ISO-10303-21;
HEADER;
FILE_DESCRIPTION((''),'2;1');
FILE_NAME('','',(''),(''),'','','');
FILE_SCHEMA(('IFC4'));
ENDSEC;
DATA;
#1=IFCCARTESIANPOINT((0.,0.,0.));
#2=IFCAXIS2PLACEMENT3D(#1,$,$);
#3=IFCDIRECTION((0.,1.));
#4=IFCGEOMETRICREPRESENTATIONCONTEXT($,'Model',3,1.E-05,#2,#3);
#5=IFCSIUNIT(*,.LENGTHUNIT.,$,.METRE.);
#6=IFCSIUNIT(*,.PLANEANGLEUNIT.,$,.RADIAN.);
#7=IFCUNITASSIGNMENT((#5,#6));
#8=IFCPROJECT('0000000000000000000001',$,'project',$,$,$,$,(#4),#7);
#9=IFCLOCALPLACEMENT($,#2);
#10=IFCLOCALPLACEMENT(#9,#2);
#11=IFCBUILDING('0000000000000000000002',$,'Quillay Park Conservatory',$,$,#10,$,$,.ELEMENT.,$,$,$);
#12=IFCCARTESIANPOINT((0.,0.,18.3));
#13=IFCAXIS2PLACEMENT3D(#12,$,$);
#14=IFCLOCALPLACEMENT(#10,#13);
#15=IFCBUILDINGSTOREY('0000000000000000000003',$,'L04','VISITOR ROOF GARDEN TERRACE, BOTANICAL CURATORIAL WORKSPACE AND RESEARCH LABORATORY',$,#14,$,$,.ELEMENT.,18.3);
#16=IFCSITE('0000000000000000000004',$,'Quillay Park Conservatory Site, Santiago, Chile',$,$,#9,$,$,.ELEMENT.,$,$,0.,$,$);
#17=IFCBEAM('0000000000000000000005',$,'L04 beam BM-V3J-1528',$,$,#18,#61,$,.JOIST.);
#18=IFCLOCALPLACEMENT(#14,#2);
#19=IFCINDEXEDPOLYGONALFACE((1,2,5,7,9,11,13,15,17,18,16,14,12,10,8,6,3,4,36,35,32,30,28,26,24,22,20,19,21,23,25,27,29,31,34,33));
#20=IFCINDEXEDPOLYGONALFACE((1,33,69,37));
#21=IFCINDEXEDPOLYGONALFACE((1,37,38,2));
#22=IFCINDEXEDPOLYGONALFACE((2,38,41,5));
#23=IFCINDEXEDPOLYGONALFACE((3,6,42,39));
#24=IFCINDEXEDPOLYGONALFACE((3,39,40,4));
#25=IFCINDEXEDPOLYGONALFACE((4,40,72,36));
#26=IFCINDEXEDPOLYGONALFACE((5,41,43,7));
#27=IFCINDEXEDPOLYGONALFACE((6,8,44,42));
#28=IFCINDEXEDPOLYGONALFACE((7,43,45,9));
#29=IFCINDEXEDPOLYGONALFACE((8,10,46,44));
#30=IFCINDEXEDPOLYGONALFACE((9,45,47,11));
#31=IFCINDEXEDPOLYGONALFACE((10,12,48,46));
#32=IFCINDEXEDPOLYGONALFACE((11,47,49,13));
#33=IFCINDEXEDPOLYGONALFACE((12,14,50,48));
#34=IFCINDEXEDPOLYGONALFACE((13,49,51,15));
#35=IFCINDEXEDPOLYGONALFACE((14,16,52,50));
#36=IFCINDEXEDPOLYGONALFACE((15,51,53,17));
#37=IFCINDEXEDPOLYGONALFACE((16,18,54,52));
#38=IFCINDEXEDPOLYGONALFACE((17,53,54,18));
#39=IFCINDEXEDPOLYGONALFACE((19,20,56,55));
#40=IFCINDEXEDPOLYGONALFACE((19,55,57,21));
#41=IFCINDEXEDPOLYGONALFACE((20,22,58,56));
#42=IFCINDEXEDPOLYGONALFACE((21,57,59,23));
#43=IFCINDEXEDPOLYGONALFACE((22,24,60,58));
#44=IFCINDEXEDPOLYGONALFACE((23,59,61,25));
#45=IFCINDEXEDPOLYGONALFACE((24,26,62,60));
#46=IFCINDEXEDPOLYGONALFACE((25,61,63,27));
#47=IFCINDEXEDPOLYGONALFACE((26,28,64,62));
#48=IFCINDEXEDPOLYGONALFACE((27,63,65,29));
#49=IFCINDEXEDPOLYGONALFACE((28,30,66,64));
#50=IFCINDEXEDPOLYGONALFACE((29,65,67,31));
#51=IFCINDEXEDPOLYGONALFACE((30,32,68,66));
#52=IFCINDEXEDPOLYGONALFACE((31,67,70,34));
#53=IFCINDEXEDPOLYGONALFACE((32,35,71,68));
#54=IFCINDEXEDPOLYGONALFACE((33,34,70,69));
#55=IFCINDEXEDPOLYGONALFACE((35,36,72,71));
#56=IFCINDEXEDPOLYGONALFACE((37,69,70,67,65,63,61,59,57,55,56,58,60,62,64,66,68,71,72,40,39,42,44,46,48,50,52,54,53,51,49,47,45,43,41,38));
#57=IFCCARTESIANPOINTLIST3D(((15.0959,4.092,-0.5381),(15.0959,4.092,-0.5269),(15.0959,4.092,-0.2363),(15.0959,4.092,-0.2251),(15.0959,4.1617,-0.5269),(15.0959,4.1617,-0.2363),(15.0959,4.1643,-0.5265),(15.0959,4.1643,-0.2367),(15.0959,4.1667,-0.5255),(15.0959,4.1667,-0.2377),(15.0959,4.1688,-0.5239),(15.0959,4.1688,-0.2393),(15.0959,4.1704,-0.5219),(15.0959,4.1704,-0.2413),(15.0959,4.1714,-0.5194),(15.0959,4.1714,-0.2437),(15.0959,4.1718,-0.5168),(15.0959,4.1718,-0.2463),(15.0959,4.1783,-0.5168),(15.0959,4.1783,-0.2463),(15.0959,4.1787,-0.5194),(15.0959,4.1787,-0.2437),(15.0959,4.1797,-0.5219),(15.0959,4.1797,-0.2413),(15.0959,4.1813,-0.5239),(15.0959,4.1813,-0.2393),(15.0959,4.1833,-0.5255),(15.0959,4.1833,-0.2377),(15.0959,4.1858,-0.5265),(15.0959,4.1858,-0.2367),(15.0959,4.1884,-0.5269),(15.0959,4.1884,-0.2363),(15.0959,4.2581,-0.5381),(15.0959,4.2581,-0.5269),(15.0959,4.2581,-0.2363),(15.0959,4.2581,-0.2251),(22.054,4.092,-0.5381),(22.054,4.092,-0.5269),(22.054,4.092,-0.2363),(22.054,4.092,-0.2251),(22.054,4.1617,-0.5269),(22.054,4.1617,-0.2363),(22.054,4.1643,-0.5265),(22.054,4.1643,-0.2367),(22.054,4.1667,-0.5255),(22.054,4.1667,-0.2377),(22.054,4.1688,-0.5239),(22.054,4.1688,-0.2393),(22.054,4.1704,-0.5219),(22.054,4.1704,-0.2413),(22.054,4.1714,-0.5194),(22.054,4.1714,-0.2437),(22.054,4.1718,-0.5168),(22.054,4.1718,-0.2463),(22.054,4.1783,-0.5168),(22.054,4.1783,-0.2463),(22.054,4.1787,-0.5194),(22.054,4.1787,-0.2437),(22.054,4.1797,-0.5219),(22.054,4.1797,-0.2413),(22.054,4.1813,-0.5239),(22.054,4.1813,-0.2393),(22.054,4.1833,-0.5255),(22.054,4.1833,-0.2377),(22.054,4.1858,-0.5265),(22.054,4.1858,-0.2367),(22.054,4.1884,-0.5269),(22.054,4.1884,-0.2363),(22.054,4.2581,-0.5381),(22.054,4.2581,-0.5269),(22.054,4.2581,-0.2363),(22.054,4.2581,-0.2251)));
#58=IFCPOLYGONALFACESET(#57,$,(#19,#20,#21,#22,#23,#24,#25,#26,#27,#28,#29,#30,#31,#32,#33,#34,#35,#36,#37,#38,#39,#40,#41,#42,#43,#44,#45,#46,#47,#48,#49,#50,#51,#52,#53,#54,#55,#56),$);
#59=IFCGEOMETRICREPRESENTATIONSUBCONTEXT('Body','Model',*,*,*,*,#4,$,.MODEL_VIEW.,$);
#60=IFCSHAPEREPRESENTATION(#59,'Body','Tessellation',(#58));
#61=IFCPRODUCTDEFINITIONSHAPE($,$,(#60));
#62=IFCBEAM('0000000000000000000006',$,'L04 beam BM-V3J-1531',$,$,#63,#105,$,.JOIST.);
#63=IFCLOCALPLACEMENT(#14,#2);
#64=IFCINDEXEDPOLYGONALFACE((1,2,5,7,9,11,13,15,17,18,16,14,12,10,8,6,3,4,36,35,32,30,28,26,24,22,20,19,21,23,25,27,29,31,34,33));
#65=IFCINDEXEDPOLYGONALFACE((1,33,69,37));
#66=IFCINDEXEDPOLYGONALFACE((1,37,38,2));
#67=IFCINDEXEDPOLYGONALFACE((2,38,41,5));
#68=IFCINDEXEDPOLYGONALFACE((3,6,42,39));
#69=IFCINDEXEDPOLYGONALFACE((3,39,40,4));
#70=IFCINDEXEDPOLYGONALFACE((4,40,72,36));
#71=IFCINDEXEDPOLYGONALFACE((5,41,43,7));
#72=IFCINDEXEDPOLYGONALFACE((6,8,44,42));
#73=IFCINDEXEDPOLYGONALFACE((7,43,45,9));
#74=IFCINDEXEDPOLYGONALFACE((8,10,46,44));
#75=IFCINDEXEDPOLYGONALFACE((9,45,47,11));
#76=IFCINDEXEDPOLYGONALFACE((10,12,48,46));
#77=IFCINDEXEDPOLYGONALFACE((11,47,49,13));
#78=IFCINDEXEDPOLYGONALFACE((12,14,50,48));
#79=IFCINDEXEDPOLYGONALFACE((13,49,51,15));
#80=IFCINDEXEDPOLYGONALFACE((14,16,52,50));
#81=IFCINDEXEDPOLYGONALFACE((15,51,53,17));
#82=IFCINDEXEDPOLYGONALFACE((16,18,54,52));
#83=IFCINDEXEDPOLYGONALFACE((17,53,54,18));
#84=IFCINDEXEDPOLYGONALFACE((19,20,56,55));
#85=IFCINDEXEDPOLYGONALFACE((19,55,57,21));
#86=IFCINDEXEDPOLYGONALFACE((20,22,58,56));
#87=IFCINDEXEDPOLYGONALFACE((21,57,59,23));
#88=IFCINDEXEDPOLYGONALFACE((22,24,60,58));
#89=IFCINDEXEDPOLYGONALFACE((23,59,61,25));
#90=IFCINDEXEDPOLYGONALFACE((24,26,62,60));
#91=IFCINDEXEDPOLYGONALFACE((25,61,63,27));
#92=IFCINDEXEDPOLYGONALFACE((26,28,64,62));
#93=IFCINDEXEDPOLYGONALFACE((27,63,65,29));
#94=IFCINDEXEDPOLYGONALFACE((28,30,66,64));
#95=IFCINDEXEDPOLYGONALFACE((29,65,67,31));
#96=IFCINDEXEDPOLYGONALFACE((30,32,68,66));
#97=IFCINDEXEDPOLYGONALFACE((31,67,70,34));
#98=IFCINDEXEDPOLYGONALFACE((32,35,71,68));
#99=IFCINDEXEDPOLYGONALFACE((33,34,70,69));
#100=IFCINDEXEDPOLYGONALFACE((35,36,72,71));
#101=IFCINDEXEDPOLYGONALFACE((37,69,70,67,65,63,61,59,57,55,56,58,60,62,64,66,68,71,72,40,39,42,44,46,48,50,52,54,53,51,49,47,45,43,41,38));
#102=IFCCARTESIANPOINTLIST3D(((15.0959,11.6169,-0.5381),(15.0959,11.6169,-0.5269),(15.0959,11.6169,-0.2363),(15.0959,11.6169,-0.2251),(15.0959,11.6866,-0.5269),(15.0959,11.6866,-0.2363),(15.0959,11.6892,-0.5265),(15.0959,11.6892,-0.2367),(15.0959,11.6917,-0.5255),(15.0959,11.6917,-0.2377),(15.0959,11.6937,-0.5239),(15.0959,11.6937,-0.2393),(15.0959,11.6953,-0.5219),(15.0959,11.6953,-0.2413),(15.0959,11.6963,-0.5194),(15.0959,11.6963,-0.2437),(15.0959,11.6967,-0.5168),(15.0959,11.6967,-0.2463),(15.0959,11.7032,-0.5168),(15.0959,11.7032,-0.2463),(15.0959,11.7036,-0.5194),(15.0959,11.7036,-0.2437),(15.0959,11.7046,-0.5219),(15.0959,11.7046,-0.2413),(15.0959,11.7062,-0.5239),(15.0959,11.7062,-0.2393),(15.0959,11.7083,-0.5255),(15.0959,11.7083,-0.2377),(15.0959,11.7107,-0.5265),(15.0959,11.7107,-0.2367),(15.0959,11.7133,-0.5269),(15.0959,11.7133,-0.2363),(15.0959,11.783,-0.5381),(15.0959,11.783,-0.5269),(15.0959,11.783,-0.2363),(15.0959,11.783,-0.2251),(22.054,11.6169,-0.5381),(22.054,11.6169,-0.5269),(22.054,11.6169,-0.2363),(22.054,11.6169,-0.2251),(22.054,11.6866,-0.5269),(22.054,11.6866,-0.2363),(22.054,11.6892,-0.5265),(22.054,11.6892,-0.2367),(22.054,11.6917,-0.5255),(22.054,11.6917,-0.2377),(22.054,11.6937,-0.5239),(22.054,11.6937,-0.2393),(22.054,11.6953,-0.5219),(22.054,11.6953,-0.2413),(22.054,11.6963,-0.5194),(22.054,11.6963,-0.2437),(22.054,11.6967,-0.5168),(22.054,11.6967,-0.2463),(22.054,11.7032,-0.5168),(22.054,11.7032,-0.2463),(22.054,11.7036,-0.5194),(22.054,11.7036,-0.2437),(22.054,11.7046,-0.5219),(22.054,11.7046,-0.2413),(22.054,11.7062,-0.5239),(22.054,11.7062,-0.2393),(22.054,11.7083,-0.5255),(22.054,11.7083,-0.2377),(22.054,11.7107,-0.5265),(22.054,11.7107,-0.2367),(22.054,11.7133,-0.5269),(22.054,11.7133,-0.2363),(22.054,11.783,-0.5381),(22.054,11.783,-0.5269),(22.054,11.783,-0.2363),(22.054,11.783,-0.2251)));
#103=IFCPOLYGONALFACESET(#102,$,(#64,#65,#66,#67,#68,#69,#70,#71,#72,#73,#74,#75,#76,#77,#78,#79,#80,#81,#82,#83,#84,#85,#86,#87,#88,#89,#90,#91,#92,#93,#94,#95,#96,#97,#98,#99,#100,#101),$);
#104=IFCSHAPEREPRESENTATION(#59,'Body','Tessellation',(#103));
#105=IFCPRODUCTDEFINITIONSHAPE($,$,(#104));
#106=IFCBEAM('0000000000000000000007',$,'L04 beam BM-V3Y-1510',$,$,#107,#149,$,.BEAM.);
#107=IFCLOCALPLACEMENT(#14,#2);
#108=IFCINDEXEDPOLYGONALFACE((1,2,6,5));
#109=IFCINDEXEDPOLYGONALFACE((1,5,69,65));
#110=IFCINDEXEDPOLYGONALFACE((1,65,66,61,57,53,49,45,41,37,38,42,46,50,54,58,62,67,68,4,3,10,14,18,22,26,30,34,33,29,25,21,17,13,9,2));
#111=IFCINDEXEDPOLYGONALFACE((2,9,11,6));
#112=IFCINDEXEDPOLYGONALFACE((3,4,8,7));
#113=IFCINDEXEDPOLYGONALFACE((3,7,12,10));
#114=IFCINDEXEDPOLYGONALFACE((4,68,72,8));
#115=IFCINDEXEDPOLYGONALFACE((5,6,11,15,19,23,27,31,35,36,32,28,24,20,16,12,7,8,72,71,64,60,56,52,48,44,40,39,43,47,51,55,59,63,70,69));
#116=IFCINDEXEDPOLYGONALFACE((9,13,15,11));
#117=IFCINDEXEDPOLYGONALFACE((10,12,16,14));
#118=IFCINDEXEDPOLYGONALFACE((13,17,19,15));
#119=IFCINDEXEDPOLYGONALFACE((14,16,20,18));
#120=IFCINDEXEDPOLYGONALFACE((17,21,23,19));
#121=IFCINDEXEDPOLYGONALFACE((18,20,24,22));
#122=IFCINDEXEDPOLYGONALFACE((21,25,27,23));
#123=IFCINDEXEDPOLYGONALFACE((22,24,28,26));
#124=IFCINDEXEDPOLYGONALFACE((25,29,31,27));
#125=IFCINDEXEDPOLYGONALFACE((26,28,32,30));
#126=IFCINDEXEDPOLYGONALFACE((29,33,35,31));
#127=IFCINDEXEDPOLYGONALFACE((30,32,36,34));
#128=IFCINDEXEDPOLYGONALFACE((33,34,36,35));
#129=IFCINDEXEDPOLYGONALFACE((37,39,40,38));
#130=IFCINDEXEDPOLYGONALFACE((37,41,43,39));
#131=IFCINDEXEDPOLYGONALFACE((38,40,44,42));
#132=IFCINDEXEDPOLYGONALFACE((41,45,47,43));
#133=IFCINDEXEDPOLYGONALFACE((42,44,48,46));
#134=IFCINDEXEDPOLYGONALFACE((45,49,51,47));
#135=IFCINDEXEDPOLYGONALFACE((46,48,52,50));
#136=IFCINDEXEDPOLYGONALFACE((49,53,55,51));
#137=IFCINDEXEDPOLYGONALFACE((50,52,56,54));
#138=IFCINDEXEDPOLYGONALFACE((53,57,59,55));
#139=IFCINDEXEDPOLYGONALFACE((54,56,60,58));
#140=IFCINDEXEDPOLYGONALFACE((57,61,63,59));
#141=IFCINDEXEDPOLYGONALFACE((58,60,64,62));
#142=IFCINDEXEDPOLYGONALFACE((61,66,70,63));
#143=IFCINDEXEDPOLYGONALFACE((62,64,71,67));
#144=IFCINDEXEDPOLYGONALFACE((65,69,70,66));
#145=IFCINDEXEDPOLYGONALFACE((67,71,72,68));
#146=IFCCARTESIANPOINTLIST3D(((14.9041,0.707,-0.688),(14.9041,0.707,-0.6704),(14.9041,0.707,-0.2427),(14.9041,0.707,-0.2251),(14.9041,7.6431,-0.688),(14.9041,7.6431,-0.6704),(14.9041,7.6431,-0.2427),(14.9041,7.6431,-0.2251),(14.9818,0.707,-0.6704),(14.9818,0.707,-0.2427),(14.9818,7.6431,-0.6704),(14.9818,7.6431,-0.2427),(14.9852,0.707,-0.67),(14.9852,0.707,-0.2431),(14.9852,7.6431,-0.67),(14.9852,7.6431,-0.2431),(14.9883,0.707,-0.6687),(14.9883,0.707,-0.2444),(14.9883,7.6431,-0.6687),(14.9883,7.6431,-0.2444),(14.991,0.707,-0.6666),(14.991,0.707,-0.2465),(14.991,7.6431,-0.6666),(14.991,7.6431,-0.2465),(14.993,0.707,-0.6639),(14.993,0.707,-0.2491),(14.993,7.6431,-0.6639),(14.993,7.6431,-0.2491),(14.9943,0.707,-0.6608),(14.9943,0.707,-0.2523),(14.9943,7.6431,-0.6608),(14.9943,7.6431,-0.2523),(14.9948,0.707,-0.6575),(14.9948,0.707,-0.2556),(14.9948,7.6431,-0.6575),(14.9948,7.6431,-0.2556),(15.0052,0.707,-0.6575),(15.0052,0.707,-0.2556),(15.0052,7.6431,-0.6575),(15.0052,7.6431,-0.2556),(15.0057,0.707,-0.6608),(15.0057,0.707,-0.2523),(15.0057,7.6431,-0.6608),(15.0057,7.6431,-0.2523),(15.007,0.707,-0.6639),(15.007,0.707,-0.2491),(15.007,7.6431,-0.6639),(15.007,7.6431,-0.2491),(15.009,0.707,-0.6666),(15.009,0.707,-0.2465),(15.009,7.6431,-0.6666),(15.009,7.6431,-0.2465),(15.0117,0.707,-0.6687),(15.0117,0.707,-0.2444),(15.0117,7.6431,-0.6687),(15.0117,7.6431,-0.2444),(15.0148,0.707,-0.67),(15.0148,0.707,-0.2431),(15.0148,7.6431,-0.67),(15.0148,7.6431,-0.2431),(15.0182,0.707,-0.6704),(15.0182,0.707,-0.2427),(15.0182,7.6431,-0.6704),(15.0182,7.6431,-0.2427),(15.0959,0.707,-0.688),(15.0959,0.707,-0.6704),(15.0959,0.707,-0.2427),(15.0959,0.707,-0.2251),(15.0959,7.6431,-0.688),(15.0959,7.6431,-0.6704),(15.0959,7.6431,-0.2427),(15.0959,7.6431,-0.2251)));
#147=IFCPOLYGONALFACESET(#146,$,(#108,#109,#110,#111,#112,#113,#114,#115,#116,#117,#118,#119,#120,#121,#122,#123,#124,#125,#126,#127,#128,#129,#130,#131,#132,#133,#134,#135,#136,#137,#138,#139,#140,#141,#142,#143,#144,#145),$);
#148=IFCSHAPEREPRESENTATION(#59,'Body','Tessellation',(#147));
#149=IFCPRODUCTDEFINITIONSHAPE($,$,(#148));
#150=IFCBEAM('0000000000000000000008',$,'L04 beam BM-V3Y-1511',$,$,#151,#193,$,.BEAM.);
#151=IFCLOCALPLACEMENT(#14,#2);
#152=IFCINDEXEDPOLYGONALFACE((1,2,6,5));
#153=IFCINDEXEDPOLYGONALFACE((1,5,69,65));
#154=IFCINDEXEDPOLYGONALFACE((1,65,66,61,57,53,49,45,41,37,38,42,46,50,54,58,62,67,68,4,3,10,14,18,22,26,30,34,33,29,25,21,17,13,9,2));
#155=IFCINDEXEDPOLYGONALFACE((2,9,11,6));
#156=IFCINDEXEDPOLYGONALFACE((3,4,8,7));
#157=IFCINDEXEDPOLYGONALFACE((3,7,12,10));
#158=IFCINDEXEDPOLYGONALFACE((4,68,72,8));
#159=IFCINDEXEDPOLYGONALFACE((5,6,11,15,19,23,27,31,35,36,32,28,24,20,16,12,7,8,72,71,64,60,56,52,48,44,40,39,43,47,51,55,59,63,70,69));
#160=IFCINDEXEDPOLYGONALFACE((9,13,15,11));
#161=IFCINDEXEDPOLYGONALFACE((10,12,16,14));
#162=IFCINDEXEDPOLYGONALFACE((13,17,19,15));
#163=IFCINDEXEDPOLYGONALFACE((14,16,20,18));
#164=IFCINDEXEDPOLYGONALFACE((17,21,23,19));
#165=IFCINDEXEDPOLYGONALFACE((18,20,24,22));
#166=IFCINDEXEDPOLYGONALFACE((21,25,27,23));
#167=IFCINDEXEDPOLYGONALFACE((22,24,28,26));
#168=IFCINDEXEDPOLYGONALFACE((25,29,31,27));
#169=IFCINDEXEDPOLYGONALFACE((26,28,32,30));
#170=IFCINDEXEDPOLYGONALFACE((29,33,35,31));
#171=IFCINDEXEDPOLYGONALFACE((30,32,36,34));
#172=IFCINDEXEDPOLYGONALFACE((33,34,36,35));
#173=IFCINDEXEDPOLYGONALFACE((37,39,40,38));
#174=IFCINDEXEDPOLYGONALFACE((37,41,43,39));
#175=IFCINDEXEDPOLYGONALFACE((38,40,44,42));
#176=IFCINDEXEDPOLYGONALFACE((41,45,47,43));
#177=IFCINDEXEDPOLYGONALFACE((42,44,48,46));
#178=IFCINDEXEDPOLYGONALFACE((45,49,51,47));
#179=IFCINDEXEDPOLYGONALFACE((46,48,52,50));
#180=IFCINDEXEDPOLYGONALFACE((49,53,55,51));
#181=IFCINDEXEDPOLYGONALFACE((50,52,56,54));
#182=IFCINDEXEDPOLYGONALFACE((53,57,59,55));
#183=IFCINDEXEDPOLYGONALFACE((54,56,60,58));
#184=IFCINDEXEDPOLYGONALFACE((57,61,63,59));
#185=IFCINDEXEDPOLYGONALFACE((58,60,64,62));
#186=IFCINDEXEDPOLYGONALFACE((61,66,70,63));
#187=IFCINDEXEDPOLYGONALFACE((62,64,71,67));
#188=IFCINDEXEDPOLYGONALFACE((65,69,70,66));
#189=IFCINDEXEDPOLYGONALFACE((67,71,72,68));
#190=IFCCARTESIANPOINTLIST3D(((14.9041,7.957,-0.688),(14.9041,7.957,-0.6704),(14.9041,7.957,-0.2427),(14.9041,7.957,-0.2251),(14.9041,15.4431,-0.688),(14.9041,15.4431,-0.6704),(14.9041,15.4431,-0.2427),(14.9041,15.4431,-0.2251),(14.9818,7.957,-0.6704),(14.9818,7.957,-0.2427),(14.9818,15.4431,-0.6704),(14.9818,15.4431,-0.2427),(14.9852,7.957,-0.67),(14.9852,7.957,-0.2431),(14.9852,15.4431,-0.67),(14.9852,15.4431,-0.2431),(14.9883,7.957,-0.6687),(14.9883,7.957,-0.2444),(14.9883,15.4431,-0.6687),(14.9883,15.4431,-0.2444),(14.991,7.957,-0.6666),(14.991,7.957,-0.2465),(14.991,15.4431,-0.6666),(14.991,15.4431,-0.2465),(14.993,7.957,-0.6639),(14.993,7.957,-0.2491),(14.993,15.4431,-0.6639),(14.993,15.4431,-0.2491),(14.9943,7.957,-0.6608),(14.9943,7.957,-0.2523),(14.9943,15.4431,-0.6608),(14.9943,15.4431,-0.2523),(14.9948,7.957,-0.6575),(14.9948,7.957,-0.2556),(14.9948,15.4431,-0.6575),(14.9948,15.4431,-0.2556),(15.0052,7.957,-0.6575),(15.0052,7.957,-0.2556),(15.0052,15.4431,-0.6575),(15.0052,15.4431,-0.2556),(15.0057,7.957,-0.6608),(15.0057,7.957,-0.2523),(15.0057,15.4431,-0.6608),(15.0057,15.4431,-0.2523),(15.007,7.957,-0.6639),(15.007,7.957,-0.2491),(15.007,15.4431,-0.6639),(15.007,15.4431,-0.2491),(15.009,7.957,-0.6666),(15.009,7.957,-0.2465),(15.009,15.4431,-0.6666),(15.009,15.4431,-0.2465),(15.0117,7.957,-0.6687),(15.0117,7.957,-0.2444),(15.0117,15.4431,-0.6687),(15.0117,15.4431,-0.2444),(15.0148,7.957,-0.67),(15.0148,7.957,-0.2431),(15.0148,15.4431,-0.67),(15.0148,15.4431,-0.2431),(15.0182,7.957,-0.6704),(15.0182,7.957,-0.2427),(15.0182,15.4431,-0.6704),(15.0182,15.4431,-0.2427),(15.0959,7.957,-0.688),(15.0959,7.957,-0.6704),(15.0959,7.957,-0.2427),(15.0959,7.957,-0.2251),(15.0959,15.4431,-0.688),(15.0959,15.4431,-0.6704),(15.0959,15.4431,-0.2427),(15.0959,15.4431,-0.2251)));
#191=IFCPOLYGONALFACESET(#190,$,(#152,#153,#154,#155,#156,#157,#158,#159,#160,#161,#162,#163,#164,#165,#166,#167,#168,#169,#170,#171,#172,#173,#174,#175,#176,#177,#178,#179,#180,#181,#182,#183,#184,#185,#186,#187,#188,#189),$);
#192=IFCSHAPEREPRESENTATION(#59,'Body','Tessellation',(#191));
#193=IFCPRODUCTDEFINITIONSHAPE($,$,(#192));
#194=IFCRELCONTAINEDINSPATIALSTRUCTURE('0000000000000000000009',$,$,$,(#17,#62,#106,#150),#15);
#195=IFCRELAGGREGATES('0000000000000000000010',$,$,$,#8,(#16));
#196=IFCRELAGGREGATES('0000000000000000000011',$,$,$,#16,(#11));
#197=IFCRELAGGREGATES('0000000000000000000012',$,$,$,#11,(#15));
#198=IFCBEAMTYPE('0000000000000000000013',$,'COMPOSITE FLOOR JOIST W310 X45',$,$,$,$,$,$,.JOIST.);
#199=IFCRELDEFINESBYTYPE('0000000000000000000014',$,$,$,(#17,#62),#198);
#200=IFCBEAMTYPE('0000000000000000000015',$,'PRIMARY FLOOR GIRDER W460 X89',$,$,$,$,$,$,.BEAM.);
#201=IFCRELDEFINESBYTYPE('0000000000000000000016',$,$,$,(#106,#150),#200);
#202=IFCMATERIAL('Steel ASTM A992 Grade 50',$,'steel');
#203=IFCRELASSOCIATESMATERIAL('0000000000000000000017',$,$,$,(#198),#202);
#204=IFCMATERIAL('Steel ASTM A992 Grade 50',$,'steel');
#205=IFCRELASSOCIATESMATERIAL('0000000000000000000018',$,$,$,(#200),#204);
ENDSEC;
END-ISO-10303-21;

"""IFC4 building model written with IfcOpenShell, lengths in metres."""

from ifc_helpers import new_model, si_unit, direction, frame, origin, origin_2d, place, context, subcontext, project, spatial, i_section, extrude, material, material_profile, profile_set, type_object, element, save


model = new_model("IFC4")

# Units and contexts
model_context = context("Model", 3, precision=1e-05, world=origin(), true_north=direction((0.0, 1.0)))
body_context = subcontext(model_context, "Body", "Model", "MODEL_VIEW")
ifc_project = project(units=[si_unit("LENGTHUNIT", "METRE"), si_unit("PLANEANGLEUNIT", "RADIAN")], contexts=[model_context])

# Site, building, storey
site_placement = place(None, origin())
site = spatial("IfcSite", under=ifc_project, at=site_placement, Name="Quillay Park Conservatory Site, Santiago, Chile", CompositionType="ELEMENT", RefElevation=0.0)
building_placement = place(site_placement, origin())
building = spatial("IfcBuilding", under=site, at=building_placement, Name="Quillay Park Conservatory", CompositionType="ELEMENT")
storey_placement = place(building_placement, frame((0.0, 0.0, 18.3)))
storey = spatial("IfcBuildingStorey", under=building, at=storey_placement, Name="L04", Description="VISITOR ROOF GARDEN TERRACE, BOTANICAL CURATORIAL WORKSPACE AND RESEARCH LABORATORY", CompositionType="ELEMENT", Elevation=18.3)

# Beams
ifc_material_1 = material(Name="Steel ASTM A992 Grade 50", Category="steel")
ifc_material_profile_1 = material_profile(ifc_material_1, i_section(OverallWidth=0.166, OverallDepth=0.313, WebThickness=0.0066, FlangeThickness=0.0112, FilletRadius=0.01, at=origin_2d()), Name="W310x45")
ifc_profile_set_1 = profile_set([ifc_material_profile_1], Name="Steel ASTM A992 Grade 50")
beam_type_1 = type_object("IfcBeamType", Name="COMPOSITE FLOOR JOIST W310 X45", PredefinedType="JOIST", material=ifc_profile_set_1)
for number, where, z_axis, x_axis, name in (
    (1, (15.0959, 4.175, -0.3816), (1.0, 0.0, 0.0), (0.0, 1.0, 0.0), "L04 beam BM-V3J-1528"),
    (2, (15.0959, 11.7, -0.3816), (1.0, 0.0, 0.0), (0.0, 1.0, 0.0), "L04 beam BM-V3J-1531"),
):
    element("IfcBeam", number, at=place(storey_placement, frame(where, z_axis=z_axis, x_axis=x_axis)), inside=storey, type_object=beam_type_1, Name=name, PredefinedType="JOIST", context=body_context, shape_type="SweptSolid", body=[
        extrude(i_section(OverallWidth=0.166, OverallDepth=0.313, WebThickness=0.0066, FlangeThickness=0.0112, FilletRadius=0.01, at=origin_2d()), origin(), (0.0, 0.0, 1.0), 6.958),
    ])
ifc_material_2 = material(Name="Steel ASTM A992 Grade 50", Category="steel")
ifc_material_profile_2 = material_profile(ifc_material_2, i_section(OverallWidth=0.1919, OverallDepth=0.4629, WebThickness=0.0105, FlangeThickness=0.0176, FilletRadius=0.0129, at=origin_2d()), Name="W460x89")
ifc_profile_set_2 = profile_set([ifc_material_profile_2], Name="Steel ASTM A992 Grade 50")
beam_type_2 = type_object("IfcBeamType", Name="PRIMARY FLOOR GIRDER W460 X89", PredefinedType="BEAM", material=ifc_profile_set_2)
beam_1_placement = place(storey_placement, frame((15.0, 0.707, -0.4565), z_axis=(0.0, 1.0, 0.0), x_axis=(-1.0, 0.0, 0.0)))
element("IfcBeam", 3, at=beam_1_placement, inside=storey, type_object=beam_type_2, Name="L04 beam BM-V3Y-1510", PredefinedType="BEAM", context=body_context, shape_type="SweptSolid", body=[
    extrude(i_section(OverallWidth=0.1919, OverallDepth=0.4629, WebThickness=0.0105, FlangeThickness=0.0176, FilletRadius=0.0129, at=origin_2d()), origin(), (0.0, 0.0, 1.0), 6.936),
])
beam_2_placement = place(storey_placement, frame((15.0, 7.957, -0.4565), z_axis=(0.0, 1.0, 0.0), x_axis=(-1.0, 0.0, 0.0)))
element("IfcBeam", 4, at=beam_2_placement, inside=storey, type_object=beam_type_2, Name="L04 beam BM-V3Y-1511", PredefinedType="BEAM", context=body_context, shape_type="SweptSolid", body=[
    extrude(i_section(OverallWidth=0.1919, OverallDepth=0.4629, WebThickness=0.0105, FlangeThickness=0.0176, FilletRadius=0.0129, at=origin_2d()), origin(), (0.0, 0.0, 1.0), 7.4861),
])

save(model, "model.ifc")
